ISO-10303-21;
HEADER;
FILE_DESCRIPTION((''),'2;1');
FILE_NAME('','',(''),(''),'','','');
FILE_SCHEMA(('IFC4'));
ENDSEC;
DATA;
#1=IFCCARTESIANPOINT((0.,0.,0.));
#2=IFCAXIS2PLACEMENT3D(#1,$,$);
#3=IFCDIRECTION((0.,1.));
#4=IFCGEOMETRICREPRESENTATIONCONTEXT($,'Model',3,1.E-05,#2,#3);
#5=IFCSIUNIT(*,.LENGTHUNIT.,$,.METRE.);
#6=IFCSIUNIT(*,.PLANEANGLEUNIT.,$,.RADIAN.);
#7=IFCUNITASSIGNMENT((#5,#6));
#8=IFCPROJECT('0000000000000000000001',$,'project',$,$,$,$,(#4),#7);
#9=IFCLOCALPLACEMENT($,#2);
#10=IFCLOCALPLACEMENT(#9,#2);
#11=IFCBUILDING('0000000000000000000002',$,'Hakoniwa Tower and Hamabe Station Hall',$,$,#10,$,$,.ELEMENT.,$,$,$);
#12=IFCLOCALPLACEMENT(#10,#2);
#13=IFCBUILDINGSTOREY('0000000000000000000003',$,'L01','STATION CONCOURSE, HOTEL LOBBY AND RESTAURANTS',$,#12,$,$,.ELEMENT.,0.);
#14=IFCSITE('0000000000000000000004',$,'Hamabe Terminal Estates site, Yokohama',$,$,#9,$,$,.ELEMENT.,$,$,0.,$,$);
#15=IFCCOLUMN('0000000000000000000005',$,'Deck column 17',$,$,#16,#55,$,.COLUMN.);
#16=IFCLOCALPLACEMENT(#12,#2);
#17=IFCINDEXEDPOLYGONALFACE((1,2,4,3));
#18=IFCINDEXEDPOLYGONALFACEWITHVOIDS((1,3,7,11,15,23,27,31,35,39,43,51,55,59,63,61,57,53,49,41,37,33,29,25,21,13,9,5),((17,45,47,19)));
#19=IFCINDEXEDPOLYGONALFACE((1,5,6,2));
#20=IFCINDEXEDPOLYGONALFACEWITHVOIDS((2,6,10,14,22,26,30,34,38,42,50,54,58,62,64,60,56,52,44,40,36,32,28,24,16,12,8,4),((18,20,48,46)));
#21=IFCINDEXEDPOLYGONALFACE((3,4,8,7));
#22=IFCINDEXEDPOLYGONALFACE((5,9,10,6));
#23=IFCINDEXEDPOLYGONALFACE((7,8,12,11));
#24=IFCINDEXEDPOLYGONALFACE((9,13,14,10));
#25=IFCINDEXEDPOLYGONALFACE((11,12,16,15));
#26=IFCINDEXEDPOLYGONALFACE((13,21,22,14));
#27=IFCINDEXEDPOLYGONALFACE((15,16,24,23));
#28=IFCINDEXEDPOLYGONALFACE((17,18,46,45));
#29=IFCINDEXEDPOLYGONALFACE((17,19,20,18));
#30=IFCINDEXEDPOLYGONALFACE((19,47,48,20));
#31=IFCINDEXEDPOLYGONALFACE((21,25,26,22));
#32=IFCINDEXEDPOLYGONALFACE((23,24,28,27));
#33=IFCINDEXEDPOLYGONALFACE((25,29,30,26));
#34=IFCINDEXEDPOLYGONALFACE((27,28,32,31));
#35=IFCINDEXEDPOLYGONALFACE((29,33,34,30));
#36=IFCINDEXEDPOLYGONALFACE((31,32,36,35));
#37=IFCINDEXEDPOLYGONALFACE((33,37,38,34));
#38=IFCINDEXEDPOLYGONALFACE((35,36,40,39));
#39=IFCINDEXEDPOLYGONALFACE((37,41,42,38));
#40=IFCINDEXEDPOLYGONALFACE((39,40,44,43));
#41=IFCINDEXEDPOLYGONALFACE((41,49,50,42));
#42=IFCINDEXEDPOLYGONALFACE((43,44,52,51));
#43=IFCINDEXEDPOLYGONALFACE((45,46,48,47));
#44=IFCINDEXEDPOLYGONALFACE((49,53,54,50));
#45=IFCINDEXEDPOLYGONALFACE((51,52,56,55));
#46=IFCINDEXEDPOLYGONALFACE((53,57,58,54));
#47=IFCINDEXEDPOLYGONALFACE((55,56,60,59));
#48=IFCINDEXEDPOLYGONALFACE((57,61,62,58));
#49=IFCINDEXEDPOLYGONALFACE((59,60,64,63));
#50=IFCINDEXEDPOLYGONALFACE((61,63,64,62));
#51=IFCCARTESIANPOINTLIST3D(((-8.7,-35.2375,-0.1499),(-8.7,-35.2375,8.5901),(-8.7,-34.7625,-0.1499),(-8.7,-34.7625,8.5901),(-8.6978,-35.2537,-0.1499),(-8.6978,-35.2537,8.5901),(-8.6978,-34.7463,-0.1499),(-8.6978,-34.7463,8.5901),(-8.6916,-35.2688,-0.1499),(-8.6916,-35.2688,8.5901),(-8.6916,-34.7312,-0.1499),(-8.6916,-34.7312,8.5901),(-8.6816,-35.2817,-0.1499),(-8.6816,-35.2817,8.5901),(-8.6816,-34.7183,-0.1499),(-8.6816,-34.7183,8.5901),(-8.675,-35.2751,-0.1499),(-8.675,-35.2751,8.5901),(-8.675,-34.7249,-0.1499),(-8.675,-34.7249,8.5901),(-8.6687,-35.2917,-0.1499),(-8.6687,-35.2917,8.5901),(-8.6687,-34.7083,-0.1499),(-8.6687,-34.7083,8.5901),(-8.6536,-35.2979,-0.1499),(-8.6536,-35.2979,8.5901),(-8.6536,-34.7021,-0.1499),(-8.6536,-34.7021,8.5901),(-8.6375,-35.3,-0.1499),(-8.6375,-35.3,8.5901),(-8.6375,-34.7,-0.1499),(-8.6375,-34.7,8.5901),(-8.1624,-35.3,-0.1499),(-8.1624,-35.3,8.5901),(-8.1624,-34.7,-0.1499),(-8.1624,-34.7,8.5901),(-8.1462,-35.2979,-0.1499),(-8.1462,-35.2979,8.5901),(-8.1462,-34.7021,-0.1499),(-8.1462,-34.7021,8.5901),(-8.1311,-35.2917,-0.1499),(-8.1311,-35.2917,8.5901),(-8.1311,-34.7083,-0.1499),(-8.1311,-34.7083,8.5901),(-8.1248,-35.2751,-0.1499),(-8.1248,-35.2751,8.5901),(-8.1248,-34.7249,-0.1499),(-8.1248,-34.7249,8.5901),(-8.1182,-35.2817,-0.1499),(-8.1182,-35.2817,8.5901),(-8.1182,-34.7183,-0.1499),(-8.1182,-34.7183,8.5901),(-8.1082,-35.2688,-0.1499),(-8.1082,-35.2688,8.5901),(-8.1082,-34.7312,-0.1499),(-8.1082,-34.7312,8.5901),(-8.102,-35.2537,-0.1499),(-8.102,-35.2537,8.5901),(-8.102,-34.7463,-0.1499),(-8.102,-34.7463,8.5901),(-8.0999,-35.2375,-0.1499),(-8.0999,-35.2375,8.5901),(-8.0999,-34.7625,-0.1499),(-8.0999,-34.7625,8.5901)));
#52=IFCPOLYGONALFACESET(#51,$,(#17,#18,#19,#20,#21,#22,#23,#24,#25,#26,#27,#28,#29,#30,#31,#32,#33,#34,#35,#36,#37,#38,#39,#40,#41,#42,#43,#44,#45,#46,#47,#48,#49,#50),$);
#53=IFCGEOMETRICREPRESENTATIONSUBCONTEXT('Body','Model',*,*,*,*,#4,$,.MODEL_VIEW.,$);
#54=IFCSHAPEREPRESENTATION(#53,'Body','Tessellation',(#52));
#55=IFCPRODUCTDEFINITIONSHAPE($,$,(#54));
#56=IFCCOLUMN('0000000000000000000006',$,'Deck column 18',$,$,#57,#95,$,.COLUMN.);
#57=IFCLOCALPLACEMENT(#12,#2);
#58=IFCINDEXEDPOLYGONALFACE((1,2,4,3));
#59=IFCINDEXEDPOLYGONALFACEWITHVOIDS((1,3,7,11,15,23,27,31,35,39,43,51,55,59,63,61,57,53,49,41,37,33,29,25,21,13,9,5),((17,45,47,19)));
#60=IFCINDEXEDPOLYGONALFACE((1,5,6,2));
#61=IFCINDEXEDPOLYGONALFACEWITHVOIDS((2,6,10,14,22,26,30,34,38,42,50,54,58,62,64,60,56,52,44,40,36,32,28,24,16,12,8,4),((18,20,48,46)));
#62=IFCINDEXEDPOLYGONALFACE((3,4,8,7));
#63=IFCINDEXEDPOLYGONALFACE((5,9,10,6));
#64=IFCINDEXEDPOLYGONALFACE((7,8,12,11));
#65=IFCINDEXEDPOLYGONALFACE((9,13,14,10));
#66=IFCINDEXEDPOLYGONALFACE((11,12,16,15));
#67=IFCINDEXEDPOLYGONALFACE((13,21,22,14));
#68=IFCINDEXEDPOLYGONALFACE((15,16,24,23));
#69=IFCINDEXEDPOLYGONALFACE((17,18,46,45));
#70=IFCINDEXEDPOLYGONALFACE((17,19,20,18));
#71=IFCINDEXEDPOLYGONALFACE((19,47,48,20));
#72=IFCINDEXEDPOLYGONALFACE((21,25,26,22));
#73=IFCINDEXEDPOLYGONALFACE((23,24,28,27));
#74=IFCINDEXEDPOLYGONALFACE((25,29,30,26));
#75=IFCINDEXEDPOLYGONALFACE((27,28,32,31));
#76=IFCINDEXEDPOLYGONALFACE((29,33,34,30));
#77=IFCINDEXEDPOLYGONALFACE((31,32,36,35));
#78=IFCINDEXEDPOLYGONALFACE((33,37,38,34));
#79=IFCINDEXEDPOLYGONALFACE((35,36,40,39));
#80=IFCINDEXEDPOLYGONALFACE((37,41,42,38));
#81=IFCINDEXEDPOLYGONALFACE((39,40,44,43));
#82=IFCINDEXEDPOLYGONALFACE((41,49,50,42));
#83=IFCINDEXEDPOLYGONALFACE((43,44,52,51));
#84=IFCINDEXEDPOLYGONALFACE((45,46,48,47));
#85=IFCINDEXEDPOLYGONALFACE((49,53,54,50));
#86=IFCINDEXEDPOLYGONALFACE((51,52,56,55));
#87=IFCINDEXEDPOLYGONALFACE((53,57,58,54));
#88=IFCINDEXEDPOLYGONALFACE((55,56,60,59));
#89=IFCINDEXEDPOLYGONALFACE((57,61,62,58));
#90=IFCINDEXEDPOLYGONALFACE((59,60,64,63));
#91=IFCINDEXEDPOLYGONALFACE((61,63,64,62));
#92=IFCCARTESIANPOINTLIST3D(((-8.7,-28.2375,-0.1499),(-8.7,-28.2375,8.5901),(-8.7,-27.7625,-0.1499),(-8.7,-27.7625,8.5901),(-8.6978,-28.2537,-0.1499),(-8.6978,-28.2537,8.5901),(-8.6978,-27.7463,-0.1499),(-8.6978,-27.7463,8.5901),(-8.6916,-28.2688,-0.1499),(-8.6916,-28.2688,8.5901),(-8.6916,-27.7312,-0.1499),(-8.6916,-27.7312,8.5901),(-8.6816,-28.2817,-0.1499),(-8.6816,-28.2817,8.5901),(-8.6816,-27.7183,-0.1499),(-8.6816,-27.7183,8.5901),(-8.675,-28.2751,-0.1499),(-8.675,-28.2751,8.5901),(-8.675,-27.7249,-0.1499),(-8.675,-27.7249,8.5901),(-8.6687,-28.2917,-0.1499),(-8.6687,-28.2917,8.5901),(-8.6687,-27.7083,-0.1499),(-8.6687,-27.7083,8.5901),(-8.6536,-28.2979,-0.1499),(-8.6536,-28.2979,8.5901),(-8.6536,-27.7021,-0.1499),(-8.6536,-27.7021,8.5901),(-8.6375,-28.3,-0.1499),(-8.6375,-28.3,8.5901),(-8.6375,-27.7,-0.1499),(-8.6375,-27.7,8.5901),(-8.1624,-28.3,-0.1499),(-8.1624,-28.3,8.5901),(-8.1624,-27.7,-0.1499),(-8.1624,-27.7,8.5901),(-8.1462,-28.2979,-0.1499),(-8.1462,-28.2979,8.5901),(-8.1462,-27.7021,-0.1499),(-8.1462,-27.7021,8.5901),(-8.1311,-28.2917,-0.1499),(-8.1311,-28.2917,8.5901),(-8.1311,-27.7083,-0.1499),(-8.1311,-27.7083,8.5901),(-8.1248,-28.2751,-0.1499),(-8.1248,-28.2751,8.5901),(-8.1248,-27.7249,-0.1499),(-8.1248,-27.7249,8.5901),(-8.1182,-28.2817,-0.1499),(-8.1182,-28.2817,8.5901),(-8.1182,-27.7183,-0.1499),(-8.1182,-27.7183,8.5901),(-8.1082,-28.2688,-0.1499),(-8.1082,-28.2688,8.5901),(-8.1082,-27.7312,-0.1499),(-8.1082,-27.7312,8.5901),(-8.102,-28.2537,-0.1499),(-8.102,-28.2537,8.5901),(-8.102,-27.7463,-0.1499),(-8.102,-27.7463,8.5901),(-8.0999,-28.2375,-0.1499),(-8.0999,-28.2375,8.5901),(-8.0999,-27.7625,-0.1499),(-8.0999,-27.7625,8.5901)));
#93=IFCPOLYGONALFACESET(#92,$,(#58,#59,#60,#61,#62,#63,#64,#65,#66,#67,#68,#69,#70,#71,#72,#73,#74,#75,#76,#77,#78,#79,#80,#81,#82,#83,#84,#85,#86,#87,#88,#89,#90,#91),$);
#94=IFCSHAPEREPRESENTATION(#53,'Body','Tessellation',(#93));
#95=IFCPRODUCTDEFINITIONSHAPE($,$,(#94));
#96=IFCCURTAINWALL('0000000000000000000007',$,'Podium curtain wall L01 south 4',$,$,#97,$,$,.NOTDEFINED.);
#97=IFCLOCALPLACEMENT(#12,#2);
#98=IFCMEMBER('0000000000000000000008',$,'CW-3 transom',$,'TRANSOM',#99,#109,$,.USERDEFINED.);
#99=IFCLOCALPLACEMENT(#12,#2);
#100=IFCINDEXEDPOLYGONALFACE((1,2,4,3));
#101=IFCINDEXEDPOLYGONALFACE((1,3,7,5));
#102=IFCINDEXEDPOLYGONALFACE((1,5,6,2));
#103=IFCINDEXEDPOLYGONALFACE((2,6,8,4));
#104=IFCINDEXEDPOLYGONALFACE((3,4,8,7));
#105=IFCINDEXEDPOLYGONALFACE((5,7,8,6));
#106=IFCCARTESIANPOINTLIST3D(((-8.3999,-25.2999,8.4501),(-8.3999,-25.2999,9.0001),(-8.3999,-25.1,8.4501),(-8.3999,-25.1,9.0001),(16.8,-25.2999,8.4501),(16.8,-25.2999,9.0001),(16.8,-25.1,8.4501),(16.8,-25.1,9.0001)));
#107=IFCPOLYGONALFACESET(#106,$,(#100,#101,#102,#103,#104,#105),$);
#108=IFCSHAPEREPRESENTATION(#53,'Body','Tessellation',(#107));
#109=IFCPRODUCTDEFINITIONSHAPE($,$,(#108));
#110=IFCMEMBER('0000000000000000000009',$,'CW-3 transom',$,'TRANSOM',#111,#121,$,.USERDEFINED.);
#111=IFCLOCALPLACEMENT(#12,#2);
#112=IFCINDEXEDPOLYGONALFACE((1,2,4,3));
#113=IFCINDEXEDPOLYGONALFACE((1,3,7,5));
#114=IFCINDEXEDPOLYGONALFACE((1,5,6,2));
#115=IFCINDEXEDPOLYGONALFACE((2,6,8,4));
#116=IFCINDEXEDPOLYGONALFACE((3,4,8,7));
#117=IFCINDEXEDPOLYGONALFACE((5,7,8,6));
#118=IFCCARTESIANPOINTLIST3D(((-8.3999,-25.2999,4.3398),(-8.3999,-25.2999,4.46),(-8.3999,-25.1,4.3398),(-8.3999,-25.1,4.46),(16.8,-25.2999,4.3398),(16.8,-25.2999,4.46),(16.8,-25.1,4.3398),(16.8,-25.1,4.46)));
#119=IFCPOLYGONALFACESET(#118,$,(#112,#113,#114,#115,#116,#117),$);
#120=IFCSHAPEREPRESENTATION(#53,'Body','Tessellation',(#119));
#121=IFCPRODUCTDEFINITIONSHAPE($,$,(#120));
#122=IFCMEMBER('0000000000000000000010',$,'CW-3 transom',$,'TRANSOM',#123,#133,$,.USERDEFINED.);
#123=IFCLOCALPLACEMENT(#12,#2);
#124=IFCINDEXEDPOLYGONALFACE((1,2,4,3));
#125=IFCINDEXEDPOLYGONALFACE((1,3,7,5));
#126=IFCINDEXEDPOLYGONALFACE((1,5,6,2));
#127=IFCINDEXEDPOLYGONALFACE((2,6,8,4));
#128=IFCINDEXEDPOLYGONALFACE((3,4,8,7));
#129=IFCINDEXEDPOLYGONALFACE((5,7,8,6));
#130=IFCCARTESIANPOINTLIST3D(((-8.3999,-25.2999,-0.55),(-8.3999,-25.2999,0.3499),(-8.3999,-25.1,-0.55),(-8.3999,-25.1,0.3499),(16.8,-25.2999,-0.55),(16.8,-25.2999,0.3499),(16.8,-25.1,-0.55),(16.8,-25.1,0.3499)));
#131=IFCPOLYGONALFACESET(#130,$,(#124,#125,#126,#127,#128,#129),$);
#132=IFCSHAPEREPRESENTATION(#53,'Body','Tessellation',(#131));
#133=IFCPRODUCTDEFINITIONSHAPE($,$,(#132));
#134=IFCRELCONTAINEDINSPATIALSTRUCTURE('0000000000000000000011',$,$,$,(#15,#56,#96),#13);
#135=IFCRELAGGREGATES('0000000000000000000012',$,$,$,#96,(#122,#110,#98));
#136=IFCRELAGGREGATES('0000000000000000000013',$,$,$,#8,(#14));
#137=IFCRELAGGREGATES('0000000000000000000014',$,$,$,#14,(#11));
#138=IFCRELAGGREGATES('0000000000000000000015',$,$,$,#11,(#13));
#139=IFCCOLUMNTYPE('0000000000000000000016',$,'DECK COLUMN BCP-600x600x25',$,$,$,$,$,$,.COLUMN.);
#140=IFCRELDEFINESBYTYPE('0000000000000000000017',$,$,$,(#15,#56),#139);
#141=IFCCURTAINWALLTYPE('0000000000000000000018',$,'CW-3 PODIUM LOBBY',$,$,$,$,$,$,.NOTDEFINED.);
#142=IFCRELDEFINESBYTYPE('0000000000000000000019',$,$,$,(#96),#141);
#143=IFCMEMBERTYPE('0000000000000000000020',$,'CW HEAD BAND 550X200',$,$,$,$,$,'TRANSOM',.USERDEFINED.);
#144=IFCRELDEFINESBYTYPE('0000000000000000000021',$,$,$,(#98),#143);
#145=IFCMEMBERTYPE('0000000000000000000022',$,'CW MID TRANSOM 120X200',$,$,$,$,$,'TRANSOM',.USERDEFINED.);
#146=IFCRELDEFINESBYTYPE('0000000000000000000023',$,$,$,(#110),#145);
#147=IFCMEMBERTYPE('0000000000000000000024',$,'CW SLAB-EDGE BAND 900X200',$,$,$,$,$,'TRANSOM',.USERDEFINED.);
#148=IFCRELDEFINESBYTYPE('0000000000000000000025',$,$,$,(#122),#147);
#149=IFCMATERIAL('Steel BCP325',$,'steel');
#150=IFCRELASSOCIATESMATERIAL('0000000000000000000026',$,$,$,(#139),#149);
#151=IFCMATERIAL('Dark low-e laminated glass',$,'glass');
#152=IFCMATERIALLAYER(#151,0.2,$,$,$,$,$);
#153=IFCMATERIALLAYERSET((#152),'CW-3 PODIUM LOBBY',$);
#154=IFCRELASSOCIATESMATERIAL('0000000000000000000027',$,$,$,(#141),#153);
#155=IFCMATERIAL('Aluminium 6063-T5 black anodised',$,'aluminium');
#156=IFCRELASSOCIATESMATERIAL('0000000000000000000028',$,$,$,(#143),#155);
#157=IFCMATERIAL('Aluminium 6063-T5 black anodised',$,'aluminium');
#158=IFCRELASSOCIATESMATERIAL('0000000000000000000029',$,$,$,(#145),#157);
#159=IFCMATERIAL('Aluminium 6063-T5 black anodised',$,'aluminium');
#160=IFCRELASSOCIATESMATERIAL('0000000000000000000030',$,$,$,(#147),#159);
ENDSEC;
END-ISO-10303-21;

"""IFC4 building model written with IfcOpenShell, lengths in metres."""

from ifc_helpers import new_model, si_unit, direction, frame, origin, origin_2d, place, context, subcontext, project, spatial, rectangle, hollow_rectangle, extrude, material, layer, layer_set, material_profile, profile_set, type_object, element, aggregate, save


model = new_model("IFC4")

# Units and contexts
model_context = context("Model", 3, precision=1e-05, world=origin(), true_north=direction((0.0, 1.0)))
body_context = subcontext(model_context, "Body", "Model", "MODEL_VIEW")
ifc_project = project(units=[si_unit("LENGTHUNIT", "METRE"), si_unit("PLANEANGLEUNIT", "RADIAN")], contexts=[model_context])

# Site, building, storey
site_placement = place(None, origin())
site = spatial("IfcSite", under=ifc_project, at=site_placement, Name="Hamabe Terminal Estates site, Yokohama", CompositionType="ELEMENT", RefElevation=0.0)
building_placement = place(site_placement, origin())
building = spatial("IfcBuilding", under=site, at=building_placement, Name="Hakoniwa Tower and Hamabe Station Hall", CompositionType="ELEMENT")
storey_placement = place(building_placement, origin())
storey = spatial("IfcBuildingStorey", under=building, at=storey_placement, Name="L01", Description="STATION CONCOURSE, HOTEL LOBBY AND RESTAURANTS", CompositionType="ELEMENT", Elevation=0.0)

# Columns
ifc_material_1 = material(Name="Steel BCP325", Category="steel")
ifc_material_profile_1 = material_profile(ifc_material_1, hollow_rectangle(XDim=0.6001, YDim=0.6001, WallThickness=0.0249, OuterFilletRadius=0.0625, at=origin_2d()), Name="DECK COLUMN BCP-600x600x25")
ifc_profile_set_1 = profile_set([ifc_material_profile_1], Name="Steel BCP325")
column_type = type_object("IfcColumnType", Name="DECK COLUMN BCP-600x600x25", PredefinedType="COLUMN", material=ifc_profile_set_1)
for number, where, z_axis, x_axis, name in (
    (1, (-8.3999, -35.0, -0.1499), (0.0, 0.0, 1.0), (1.0, 0.0, 0.0), "Deck column 17"),
    (2, (-8.3999, -28.0, -0.1499), (0.0, 0.0, 1.0), (1.0, 0.0, 0.0), "Deck column 18"),
):
    element("IfcColumn", number, at=place(storey_placement, frame(where, z_axis=z_axis, x_axis=x_axis)), inside=storey, type_object=column_type, Name=name, PredefinedType="COLUMN", context=body_context, shape_type="SweptSolid", body=[
        extrude(hollow_rectangle(XDim=0.6001, YDim=0.6001, WallThickness=0.0249, OuterFilletRadius=0.0625, at=origin_2d()), origin(), (0.0, 0.0, 1.0), 8.74),
    ])

# Curtain wall, members
ifc_material_2 = material(Name="Dark low-e laminated glass", Category="glass")
ifc_layer = layer(ifc_material_2, 0.2)
ifc_layer_set = layer_set([ifc_layer], Name="CW-3 PODIUM LOBBY")
curtain_wall_type = type_object("IfcCurtainWallType", Name="CW-3 PODIUM LOBBY", PredefinedType="NOTDEFINED", material=ifc_layer_set)
curtain_wall_placement = place(storey_placement, origin())
curtain_wall = element("IfcCurtainWall", 3, at=curtain_wall_placement, inside=storey, type_object=curtain_wall_type, Name="Podium curtain wall L01 south 4", PredefinedType="NOTDEFINED")
ifc_material_3 = material(Name="Aluminium 6063-T5 black anodised", Category="aluminium")
ifc_material_profile_2 = material_profile(ifc_material_3, rectangle(XDim=0.2, YDim=0.55, at=origin_2d()), Name="CW HEAD BAND 550X200")
ifc_profile_set_2 = profile_set([ifc_material_profile_2], Name="Aluminium 6063-T5 black anodised")
member_type_1 = type_object("IfcMemberType", Name="CW HEAD BAND 550X200", ElementType="TRANSOM", PredefinedType="USERDEFINED", material=ifc_profile_set_2)
member_1_placement = place(storey_placement, frame((-8.3999, -25.2, 8.7251), z_axis=(1.0, 0.0, 0.0), x_axis=(0.0, 1.0, 0.0)))
member_1 = element("IfcMember", 4, at=member_1_placement, type_object=member_type_1, Name="CW-3 transom", ObjectType="TRANSOM", PredefinedType="USERDEFINED", context=body_context, shape_type="SweptSolid", body=[
    extrude(rectangle(XDim=0.2, YDim=0.55, at=origin_2d()), origin(), (0.0, 0.0, 1.0), 25.2),
])
ifc_material_4 = material(Name="Aluminium 6063-T5 black anodised", Category="aluminium")
ifc_material_profile_3 = material_profile(ifc_material_4, rectangle(XDim=0.2, YDim=0.1201, at=origin_2d()), Name="CW MID TRANSOM 120X200")
ifc_profile_set_3 = profile_set([ifc_material_profile_3], Name="Aluminium 6063-T5 black anodised")
member_type_2 = type_object("IfcMemberType", Name="CW MID TRANSOM 120X200", ElementType="TRANSOM", PredefinedType="USERDEFINED", material=ifc_profile_set_3)
member_2_placement = place(storey_placement, frame((-8.3999, -25.2, 4.3999), z_axis=(1.0, 0.0, 0.0), x_axis=(0.0, 1.0, 0.0)))
member_2 = element("IfcMember", 5, at=member_2_placement, type_object=member_type_2, Name="CW-3 transom", ObjectType="TRANSOM", PredefinedType="USERDEFINED", context=body_context, shape_type="SweptSolid", body=[
    extrude(rectangle(XDim=0.2, YDim=0.1201, at=origin_2d()), origin(), (0.0, 0.0, 1.0), 25.2),
])
ifc_material_5 = material(Name="Aluminium 6063-T5 black anodised", Category="aluminium")
ifc_material_profile_4 = material_profile(ifc_material_5, rectangle(XDim=0.2, YDim=0.8999, at=origin_2d()), Name="CW SLAB-EDGE BAND 900X200")
ifc_profile_set_4 = profile_set([ifc_material_profile_4], Name="Aluminium 6063-T5 black anodised")
member_type_3 = type_object("IfcMemberType", Name="CW SLAB-EDGE BAND 900X200", ElementType="TRANSOM", PredefinedType="USERDEFINED", material=ifc_profile_set_4)
member_3_placement = place(storey_placement, frame((-8.3999, -25.2, -0.1001), z_axis=(1.0, 0.0, 0.0), x_axis=(0.0, 1.0, 0.0)))
member_3 = element("IfcMember", 6, at=member_3_placement, type_object=member_type_3, Name="CW-3 transom", ObjectType="TRANSOM", PredefinedType="USERDEFINED", context=body_context, shape_type="SweptSolid", body=[
    extrude(rectangle(XDim=0.2, YDim=0.8999, at=origin_2d()), origin(), (0.0, 0.0, 1.0), 25.2),
])
aggregate(curtain_wall, [member_3, member_2, member_1])

save(model, "model.ifc")
